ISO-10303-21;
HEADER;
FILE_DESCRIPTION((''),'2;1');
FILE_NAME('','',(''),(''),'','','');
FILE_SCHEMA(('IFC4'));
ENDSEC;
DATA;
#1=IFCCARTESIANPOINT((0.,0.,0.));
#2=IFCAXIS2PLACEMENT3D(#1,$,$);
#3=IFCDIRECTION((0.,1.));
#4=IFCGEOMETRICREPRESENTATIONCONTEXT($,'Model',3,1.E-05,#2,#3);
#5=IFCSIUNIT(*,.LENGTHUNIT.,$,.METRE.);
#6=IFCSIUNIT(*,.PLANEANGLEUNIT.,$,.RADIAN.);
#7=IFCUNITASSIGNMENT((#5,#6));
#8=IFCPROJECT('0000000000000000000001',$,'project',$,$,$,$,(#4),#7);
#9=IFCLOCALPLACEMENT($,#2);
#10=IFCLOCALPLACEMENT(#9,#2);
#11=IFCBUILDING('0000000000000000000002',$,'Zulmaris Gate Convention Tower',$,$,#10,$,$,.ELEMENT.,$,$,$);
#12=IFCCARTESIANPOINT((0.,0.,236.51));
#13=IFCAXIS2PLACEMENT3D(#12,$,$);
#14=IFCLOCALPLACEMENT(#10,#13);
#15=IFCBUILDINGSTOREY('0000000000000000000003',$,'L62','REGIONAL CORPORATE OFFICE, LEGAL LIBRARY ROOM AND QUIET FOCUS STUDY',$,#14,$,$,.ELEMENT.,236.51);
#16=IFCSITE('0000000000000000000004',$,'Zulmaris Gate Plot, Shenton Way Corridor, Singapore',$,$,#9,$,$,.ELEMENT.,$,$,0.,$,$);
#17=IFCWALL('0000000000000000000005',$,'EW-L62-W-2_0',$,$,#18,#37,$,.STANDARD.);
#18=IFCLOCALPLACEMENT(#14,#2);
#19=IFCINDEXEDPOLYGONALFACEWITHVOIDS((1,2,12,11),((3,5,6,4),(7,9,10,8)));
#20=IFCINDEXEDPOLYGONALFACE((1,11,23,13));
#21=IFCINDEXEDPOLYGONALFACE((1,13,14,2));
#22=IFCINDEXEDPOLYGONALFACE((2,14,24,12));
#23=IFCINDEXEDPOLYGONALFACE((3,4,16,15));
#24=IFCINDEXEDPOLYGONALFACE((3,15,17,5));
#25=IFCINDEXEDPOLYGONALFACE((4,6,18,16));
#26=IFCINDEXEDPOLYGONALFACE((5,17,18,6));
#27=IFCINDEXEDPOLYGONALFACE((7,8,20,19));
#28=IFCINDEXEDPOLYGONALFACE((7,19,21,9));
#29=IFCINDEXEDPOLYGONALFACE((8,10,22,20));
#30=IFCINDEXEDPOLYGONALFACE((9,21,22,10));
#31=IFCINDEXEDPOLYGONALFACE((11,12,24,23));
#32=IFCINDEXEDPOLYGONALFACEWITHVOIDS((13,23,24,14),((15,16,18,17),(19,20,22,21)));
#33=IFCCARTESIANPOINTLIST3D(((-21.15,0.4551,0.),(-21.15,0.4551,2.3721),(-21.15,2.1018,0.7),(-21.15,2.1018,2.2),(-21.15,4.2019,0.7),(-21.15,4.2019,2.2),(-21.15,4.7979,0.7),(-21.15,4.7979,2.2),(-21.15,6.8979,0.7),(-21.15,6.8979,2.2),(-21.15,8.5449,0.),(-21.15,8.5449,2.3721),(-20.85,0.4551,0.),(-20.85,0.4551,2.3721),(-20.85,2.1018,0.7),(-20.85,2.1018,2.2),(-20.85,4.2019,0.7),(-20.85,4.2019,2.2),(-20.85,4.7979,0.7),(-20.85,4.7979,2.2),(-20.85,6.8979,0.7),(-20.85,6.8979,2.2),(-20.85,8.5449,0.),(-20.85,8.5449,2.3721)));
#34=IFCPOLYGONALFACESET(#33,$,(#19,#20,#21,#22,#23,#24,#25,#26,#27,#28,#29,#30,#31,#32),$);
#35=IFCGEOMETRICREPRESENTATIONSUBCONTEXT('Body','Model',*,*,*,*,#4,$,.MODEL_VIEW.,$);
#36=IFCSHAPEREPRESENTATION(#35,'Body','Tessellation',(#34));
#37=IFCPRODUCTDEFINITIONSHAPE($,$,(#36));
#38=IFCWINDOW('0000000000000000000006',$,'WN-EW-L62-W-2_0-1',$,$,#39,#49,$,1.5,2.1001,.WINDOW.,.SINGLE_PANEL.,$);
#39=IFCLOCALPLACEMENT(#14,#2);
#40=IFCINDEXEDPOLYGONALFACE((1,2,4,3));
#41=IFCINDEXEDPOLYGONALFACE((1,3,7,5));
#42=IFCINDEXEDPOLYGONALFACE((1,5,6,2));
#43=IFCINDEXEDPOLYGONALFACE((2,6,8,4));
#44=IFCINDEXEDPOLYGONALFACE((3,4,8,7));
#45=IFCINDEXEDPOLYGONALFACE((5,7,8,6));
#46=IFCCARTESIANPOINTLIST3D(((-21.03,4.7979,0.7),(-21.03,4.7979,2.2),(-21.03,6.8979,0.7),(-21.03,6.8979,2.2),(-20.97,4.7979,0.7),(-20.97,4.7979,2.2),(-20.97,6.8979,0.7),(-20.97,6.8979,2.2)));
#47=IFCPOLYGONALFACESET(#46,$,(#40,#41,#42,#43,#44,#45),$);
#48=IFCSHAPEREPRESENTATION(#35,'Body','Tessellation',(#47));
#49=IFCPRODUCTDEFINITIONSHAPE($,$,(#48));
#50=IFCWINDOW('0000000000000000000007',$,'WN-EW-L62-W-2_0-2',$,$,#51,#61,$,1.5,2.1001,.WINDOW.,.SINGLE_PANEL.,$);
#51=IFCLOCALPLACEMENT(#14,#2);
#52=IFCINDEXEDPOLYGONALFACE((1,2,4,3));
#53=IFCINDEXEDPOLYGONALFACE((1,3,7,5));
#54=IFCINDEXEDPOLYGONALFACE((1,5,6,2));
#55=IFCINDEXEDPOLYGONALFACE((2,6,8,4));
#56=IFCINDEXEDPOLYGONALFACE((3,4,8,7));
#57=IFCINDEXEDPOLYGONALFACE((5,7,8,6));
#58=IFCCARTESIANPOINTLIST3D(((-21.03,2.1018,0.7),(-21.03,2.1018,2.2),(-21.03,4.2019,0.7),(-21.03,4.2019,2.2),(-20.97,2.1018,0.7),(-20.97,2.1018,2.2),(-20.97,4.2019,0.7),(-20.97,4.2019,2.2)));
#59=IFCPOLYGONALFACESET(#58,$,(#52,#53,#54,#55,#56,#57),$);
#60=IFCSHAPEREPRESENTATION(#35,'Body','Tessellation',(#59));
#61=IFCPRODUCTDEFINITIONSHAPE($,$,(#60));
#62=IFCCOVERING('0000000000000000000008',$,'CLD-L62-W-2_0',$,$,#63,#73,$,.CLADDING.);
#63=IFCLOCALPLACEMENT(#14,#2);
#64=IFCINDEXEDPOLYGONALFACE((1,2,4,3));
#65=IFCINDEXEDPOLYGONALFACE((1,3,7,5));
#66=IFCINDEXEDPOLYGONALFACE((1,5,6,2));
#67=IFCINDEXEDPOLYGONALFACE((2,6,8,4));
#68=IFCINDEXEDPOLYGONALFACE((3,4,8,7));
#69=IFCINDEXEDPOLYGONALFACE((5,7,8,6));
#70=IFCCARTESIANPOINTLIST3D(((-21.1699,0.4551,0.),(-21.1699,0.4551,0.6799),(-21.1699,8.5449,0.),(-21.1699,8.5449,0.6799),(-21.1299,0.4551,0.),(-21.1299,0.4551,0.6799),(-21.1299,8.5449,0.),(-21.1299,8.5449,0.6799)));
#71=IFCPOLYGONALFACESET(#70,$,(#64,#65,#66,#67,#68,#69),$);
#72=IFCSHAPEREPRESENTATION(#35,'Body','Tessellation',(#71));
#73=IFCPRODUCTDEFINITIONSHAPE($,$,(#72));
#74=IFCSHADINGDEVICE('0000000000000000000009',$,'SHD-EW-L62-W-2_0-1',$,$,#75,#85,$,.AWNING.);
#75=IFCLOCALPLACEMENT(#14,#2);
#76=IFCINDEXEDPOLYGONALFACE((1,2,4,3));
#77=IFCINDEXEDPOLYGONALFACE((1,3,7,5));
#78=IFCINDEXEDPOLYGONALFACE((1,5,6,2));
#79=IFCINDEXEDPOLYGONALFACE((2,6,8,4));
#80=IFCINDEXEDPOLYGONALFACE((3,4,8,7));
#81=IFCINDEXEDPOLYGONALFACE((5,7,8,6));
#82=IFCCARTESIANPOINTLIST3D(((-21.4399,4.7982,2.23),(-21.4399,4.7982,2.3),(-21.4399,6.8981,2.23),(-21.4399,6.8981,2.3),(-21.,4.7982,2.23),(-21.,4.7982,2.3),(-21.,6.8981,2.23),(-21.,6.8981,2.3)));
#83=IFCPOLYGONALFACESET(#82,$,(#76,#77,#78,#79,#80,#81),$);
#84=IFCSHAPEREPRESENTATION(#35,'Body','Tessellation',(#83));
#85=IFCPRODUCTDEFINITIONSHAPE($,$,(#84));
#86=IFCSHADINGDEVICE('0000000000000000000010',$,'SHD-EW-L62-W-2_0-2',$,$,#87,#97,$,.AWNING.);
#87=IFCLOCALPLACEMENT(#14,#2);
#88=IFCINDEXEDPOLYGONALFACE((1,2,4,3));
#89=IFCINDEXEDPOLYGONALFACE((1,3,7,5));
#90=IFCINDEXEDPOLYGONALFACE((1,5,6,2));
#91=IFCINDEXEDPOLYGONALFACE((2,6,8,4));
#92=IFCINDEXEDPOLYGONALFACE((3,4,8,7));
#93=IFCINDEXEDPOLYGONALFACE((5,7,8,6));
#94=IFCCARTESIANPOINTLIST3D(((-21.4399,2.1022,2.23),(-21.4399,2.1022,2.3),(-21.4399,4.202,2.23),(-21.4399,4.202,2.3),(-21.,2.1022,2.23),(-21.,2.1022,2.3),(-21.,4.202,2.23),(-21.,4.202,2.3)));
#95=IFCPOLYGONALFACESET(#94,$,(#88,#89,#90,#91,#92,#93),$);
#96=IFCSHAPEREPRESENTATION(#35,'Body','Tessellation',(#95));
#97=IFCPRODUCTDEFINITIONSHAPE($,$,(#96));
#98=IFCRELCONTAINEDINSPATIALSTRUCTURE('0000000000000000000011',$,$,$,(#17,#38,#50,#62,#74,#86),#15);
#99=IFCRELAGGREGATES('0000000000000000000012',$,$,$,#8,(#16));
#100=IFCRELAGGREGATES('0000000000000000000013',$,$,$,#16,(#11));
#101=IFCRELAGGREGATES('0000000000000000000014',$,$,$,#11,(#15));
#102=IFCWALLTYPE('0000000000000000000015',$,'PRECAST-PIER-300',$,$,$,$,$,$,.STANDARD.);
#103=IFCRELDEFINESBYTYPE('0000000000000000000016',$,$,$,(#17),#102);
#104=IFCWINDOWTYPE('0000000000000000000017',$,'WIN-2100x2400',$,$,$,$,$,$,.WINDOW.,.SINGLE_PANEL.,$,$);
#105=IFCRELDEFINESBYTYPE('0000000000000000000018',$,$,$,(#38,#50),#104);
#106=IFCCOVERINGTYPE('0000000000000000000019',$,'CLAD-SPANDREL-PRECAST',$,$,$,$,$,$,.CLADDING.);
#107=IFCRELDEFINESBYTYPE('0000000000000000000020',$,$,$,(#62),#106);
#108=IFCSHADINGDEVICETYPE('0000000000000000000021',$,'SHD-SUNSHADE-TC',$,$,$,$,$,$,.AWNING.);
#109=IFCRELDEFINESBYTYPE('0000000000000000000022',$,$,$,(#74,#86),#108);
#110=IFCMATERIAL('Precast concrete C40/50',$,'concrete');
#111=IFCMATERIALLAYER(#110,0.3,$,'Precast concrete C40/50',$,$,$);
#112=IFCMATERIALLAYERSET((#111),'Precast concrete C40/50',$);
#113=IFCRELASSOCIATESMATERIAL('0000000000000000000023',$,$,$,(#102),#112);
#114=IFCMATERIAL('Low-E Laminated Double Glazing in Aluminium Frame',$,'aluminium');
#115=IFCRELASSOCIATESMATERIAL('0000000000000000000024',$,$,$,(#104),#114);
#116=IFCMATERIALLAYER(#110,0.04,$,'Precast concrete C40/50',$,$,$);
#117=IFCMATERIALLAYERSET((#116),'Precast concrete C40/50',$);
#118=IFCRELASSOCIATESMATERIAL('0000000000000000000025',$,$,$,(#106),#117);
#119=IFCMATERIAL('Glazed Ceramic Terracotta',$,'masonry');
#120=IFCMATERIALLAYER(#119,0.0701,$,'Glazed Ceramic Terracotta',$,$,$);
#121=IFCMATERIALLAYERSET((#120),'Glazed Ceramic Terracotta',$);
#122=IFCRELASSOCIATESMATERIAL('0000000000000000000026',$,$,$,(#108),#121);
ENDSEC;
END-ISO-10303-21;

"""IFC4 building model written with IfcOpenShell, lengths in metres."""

from ifc_helpers import new_model, si_unit, direction, frame, frame_2d, origin, place, context, subcontext, project, spatial, rectangle, extrude, material, layer, layer_set, type_object, element, fill, save


model = new_model("IFC4")

# Units and contexts
model_context = context("Model", 3, precision=1e-05, world=origin(), true_north=direction((0.0, 1.0)))
body_context = subcontext(model_context, "Body", "Model", "MODEL_VIEW")
ifc_project = project(units=[si_unit("LENGTHUNIT", "METRE"), si_unit("PLANEANGLEUNIT", "RADIAN")], contexts=[model_context])

# Site, building, storey
site_placement = place(None, origin())
site = spatial("IfcSite", under=ifc_project, at=site_placement, Name="Zulmaris Gate Plot, Shenton Way Corridor, Singapore", CompositionType="ELEMENT", RefElevation=0.0)
building_placement = place(site_placement, origin())
building = spatial("IfcBuilding", under=site, at=building_placement, Name="Zulmaris Gate Convention Tower", CompositionType="ELEMENT")
storey_placement = place(building_placement, frame((0.0, 0.0, 236.51)))
storey = spatial("IfcBuildingStorey", under=building, at=storey_placement, Name="L62", Description="REGIONAL CORPORATE OFFICE, LEGAL LIBRARY ROOM AND QUIET FOCUS STUDY", CompositionType="ELEMENT", Elevation=236.51)

# Wall, openings, windows
ifc_material_1 = material(Name="Precast concrete C40/50", Category="concrete")
ifc_layer_1 = layer(ifc_material_1, 0.3, Name="Precast concrete C40/50")
ifc_layer_set_1 = layer_set([ifc_layer_1], Name="Precast concrete C40/50")
wall_type_1 = type_object("IfcWallType", Name="PRECAST-PIER-300", PredefinedType="STANDARD", material=ifc_layer_set_1)
wall_1_placement = place(storey_placement, frame((-21.0, 8.5449, 0.0), z_axis=(0.0, 0.0, 1.0), x_axis=(0.0, -1.0, 0.0)))
wall_1 = element("IfcWall", 1, at=wall_1_placement, inside=storey, type_object=wall_type_1, Name="EW-L62-W-2_0", PredefinedType="STANDARD", context=body_context, shape_type="SweptSolid", body=[
    extrude(rectangle(XDim=8.0898, YDim=0.3, at=frame_2d((4.0449, 0.0))), origin(), (0.0, 0.0, 1.0), 2.3721),
])
opening_1_placement = place(wall_1_placement, frame((1.647, 0.0, 0.7)))
opening_1 = element("IfcOpeningElement", 2, at=opening_1_placement, cuts=wall_1, PredefinedType="OPENING", context=body_context, shape_type="SweptSolid", body=[
    extrude(rectangle(XDim=2.1001, YDim=1.5, at=frame_2d((1.05, 0.75))), frame((0.0, 0.1602, 0.0), z_axis=(0.0, -1.0, 0.0), x_axis=(1.0, 0.0, 0.0)), (0.0, 0.0, 1.0), 0.3201),
])
opening_2_placement = place(wall_1_placement, frame((4.343, 0.0, 0.7)))
opening_2 = element("IfcOpeningElement", 3, at=opening_2_placement, cuts=wall_1, PredefinedType="OPENING", context=body_context, shape_type="SweptSolid", body=[
    extrude(rectangle(XDim=2.1001, YDim=1.5, at=frame_2d((1.05, 0.75))), frame((0.0, 0.1602, 0.0), z_axis=(0.0, -1.0, 0.0), x_axis=(1.0, 0.0, 0.0)), (0.0, 0.0, 1.0), 0.3201),
])
ifc_material_2 = material(Name="Low-E Laminated Double Glazing in Aluminium Frame", Category="aluminium")
window_type = type_object("IfcWindowType", Name="WIN-2100x2400", PartitioningType="SINGLE_PANEL", PredefinedType="WINDOW", material=ifc_material_2)
window_1_placement = place(opening_1_placement, origin())
window_1 = element("IfcWindow", 4, at=window_1_placement, inside=storey, type_object=window_type, Name="WN-EW-L62-W-2_0-1", OverallHeight=1.5, OverallWidth=2.1001, PartitioningType="SINGLE_PANEL", PredefinedType="WINDOW", context=body_context, shape_type="SweptSolid", body=[
    extrude(rectangle(XDim=2.1001, YDim=1.5, at=frame_2d((1.05, 0.75))), frame((0.0, 0.03, 0.0), z_axis=(0.0, -1.0, 0.0), x_axis=(1.0, 0.0, 0.0)), (0.0, 0.0, 1.0), 0.0601),
])
fill(opening_1, window_1)
window_2_placement = place(opening_2_placement, origin())
window_2 = element("IfcWindow", 5, at=window_2_placement, inside=storey, type_object=window_type, Name="WN-EW-L62-W-2_0-2", OverallHeight=1.5, OverallWidth=2.1001, PartitioningType="SINGLE_PANEL", PredefinedType="WINDOW", context=body_context, shape_type="SweptSolid", body=[
    extrude(rectangle(XDim=2.1001, YDim=1.5, at=frame_2d((1.05, 0.75))), frame((0.0, 0.03, 0.0), z_axis=(0.0, -1.0, 0.0), x_axis=(1.0, 0.0, 0.0)), (0.0, 0.0, 1.0), 0.0601),
])
fill(opening_2, window_2)

# Covering
ifc_layer_2 = layer(ifc_material_1, 0.04, Name="Precast concrete C40/50")
ifc_layer_set_2 = layer_set([ifc_layer_2], Name="Precast concrete C40/50")
covering_type = type_object("IfcCoveringType", Name="CLAD-SPANDREL-PRECAST", PredefinedType="CLADDING", material=ifc_layer_set_2)
covering_placement = place(storey_placement, frame((-21.1499, 8.5449, 0.0), z_axis=(0.0, 0.0, 1.0), x_axis=(0.0, -1.0, 0.0)))
element("IfcCovering", 6, at=covering_placement, inside=storey, type_object=covering_type, Name="CLD-L62-W-2_0", PredefinedType="CLADDING", context=body_context, shape_type="SweptSolid", body=[
    extrude(rectangle(XDim=8.0898, YDim=0.04, at=frame_2d((4.0449, 0.0))), origin(), (0.0, 0.0, 1.0), 0.6799),
])

# Shading devices
ifc_material_3 = material(Name="Glazed Ceramic Terracotta", Category="masonry")
ifc_layer_3 = layer(ifc_material_3, 0.0701, Name="Glazed Ceramic Terracotta")
ifc_layer_set_3 = layer_set([ifc_layer_3], Name="Glazed Ceramic Terracotta")
shading_device_type = type_object("IfcShadingDeviceType", Name="SHD-SUNSHADE-TC", PredefinedType="AWNING", material=ifc_layer_set_3)
for number, where, z_axis, x_axis, name in (
    (7, (-21.22, 6.8979, 2.23), (0.0, 0.0, 1.0), (0.0, -1.0, 0.0), "SHD-EW-L62-W-2_0-1"),
    (8, (-21.22, 4.2019, 2.23), (0.0, 0.0, 1.0), (0.0, -1.0, 0.0), "SHD-EW-L62-W-2_0-2"),
):
    element("IfcShadingDevice", number, at=place(storey_placement, frame(where, z_axis=z_axis, x_axis=x_axis)), inside=storey, type_object=shading_device_type, Name=name, PredefinedType="AWNING", context=body_context, shape_type="SweptSolid", body=[
        extrude(rectangle(XDim=2.0999, YDim=0.4399, at=frame_2d((1.0498, 0.0))), origin(), (0.0, 0.0, 1.0), 0.0701),
    ])

save(model, "model.ifc")
